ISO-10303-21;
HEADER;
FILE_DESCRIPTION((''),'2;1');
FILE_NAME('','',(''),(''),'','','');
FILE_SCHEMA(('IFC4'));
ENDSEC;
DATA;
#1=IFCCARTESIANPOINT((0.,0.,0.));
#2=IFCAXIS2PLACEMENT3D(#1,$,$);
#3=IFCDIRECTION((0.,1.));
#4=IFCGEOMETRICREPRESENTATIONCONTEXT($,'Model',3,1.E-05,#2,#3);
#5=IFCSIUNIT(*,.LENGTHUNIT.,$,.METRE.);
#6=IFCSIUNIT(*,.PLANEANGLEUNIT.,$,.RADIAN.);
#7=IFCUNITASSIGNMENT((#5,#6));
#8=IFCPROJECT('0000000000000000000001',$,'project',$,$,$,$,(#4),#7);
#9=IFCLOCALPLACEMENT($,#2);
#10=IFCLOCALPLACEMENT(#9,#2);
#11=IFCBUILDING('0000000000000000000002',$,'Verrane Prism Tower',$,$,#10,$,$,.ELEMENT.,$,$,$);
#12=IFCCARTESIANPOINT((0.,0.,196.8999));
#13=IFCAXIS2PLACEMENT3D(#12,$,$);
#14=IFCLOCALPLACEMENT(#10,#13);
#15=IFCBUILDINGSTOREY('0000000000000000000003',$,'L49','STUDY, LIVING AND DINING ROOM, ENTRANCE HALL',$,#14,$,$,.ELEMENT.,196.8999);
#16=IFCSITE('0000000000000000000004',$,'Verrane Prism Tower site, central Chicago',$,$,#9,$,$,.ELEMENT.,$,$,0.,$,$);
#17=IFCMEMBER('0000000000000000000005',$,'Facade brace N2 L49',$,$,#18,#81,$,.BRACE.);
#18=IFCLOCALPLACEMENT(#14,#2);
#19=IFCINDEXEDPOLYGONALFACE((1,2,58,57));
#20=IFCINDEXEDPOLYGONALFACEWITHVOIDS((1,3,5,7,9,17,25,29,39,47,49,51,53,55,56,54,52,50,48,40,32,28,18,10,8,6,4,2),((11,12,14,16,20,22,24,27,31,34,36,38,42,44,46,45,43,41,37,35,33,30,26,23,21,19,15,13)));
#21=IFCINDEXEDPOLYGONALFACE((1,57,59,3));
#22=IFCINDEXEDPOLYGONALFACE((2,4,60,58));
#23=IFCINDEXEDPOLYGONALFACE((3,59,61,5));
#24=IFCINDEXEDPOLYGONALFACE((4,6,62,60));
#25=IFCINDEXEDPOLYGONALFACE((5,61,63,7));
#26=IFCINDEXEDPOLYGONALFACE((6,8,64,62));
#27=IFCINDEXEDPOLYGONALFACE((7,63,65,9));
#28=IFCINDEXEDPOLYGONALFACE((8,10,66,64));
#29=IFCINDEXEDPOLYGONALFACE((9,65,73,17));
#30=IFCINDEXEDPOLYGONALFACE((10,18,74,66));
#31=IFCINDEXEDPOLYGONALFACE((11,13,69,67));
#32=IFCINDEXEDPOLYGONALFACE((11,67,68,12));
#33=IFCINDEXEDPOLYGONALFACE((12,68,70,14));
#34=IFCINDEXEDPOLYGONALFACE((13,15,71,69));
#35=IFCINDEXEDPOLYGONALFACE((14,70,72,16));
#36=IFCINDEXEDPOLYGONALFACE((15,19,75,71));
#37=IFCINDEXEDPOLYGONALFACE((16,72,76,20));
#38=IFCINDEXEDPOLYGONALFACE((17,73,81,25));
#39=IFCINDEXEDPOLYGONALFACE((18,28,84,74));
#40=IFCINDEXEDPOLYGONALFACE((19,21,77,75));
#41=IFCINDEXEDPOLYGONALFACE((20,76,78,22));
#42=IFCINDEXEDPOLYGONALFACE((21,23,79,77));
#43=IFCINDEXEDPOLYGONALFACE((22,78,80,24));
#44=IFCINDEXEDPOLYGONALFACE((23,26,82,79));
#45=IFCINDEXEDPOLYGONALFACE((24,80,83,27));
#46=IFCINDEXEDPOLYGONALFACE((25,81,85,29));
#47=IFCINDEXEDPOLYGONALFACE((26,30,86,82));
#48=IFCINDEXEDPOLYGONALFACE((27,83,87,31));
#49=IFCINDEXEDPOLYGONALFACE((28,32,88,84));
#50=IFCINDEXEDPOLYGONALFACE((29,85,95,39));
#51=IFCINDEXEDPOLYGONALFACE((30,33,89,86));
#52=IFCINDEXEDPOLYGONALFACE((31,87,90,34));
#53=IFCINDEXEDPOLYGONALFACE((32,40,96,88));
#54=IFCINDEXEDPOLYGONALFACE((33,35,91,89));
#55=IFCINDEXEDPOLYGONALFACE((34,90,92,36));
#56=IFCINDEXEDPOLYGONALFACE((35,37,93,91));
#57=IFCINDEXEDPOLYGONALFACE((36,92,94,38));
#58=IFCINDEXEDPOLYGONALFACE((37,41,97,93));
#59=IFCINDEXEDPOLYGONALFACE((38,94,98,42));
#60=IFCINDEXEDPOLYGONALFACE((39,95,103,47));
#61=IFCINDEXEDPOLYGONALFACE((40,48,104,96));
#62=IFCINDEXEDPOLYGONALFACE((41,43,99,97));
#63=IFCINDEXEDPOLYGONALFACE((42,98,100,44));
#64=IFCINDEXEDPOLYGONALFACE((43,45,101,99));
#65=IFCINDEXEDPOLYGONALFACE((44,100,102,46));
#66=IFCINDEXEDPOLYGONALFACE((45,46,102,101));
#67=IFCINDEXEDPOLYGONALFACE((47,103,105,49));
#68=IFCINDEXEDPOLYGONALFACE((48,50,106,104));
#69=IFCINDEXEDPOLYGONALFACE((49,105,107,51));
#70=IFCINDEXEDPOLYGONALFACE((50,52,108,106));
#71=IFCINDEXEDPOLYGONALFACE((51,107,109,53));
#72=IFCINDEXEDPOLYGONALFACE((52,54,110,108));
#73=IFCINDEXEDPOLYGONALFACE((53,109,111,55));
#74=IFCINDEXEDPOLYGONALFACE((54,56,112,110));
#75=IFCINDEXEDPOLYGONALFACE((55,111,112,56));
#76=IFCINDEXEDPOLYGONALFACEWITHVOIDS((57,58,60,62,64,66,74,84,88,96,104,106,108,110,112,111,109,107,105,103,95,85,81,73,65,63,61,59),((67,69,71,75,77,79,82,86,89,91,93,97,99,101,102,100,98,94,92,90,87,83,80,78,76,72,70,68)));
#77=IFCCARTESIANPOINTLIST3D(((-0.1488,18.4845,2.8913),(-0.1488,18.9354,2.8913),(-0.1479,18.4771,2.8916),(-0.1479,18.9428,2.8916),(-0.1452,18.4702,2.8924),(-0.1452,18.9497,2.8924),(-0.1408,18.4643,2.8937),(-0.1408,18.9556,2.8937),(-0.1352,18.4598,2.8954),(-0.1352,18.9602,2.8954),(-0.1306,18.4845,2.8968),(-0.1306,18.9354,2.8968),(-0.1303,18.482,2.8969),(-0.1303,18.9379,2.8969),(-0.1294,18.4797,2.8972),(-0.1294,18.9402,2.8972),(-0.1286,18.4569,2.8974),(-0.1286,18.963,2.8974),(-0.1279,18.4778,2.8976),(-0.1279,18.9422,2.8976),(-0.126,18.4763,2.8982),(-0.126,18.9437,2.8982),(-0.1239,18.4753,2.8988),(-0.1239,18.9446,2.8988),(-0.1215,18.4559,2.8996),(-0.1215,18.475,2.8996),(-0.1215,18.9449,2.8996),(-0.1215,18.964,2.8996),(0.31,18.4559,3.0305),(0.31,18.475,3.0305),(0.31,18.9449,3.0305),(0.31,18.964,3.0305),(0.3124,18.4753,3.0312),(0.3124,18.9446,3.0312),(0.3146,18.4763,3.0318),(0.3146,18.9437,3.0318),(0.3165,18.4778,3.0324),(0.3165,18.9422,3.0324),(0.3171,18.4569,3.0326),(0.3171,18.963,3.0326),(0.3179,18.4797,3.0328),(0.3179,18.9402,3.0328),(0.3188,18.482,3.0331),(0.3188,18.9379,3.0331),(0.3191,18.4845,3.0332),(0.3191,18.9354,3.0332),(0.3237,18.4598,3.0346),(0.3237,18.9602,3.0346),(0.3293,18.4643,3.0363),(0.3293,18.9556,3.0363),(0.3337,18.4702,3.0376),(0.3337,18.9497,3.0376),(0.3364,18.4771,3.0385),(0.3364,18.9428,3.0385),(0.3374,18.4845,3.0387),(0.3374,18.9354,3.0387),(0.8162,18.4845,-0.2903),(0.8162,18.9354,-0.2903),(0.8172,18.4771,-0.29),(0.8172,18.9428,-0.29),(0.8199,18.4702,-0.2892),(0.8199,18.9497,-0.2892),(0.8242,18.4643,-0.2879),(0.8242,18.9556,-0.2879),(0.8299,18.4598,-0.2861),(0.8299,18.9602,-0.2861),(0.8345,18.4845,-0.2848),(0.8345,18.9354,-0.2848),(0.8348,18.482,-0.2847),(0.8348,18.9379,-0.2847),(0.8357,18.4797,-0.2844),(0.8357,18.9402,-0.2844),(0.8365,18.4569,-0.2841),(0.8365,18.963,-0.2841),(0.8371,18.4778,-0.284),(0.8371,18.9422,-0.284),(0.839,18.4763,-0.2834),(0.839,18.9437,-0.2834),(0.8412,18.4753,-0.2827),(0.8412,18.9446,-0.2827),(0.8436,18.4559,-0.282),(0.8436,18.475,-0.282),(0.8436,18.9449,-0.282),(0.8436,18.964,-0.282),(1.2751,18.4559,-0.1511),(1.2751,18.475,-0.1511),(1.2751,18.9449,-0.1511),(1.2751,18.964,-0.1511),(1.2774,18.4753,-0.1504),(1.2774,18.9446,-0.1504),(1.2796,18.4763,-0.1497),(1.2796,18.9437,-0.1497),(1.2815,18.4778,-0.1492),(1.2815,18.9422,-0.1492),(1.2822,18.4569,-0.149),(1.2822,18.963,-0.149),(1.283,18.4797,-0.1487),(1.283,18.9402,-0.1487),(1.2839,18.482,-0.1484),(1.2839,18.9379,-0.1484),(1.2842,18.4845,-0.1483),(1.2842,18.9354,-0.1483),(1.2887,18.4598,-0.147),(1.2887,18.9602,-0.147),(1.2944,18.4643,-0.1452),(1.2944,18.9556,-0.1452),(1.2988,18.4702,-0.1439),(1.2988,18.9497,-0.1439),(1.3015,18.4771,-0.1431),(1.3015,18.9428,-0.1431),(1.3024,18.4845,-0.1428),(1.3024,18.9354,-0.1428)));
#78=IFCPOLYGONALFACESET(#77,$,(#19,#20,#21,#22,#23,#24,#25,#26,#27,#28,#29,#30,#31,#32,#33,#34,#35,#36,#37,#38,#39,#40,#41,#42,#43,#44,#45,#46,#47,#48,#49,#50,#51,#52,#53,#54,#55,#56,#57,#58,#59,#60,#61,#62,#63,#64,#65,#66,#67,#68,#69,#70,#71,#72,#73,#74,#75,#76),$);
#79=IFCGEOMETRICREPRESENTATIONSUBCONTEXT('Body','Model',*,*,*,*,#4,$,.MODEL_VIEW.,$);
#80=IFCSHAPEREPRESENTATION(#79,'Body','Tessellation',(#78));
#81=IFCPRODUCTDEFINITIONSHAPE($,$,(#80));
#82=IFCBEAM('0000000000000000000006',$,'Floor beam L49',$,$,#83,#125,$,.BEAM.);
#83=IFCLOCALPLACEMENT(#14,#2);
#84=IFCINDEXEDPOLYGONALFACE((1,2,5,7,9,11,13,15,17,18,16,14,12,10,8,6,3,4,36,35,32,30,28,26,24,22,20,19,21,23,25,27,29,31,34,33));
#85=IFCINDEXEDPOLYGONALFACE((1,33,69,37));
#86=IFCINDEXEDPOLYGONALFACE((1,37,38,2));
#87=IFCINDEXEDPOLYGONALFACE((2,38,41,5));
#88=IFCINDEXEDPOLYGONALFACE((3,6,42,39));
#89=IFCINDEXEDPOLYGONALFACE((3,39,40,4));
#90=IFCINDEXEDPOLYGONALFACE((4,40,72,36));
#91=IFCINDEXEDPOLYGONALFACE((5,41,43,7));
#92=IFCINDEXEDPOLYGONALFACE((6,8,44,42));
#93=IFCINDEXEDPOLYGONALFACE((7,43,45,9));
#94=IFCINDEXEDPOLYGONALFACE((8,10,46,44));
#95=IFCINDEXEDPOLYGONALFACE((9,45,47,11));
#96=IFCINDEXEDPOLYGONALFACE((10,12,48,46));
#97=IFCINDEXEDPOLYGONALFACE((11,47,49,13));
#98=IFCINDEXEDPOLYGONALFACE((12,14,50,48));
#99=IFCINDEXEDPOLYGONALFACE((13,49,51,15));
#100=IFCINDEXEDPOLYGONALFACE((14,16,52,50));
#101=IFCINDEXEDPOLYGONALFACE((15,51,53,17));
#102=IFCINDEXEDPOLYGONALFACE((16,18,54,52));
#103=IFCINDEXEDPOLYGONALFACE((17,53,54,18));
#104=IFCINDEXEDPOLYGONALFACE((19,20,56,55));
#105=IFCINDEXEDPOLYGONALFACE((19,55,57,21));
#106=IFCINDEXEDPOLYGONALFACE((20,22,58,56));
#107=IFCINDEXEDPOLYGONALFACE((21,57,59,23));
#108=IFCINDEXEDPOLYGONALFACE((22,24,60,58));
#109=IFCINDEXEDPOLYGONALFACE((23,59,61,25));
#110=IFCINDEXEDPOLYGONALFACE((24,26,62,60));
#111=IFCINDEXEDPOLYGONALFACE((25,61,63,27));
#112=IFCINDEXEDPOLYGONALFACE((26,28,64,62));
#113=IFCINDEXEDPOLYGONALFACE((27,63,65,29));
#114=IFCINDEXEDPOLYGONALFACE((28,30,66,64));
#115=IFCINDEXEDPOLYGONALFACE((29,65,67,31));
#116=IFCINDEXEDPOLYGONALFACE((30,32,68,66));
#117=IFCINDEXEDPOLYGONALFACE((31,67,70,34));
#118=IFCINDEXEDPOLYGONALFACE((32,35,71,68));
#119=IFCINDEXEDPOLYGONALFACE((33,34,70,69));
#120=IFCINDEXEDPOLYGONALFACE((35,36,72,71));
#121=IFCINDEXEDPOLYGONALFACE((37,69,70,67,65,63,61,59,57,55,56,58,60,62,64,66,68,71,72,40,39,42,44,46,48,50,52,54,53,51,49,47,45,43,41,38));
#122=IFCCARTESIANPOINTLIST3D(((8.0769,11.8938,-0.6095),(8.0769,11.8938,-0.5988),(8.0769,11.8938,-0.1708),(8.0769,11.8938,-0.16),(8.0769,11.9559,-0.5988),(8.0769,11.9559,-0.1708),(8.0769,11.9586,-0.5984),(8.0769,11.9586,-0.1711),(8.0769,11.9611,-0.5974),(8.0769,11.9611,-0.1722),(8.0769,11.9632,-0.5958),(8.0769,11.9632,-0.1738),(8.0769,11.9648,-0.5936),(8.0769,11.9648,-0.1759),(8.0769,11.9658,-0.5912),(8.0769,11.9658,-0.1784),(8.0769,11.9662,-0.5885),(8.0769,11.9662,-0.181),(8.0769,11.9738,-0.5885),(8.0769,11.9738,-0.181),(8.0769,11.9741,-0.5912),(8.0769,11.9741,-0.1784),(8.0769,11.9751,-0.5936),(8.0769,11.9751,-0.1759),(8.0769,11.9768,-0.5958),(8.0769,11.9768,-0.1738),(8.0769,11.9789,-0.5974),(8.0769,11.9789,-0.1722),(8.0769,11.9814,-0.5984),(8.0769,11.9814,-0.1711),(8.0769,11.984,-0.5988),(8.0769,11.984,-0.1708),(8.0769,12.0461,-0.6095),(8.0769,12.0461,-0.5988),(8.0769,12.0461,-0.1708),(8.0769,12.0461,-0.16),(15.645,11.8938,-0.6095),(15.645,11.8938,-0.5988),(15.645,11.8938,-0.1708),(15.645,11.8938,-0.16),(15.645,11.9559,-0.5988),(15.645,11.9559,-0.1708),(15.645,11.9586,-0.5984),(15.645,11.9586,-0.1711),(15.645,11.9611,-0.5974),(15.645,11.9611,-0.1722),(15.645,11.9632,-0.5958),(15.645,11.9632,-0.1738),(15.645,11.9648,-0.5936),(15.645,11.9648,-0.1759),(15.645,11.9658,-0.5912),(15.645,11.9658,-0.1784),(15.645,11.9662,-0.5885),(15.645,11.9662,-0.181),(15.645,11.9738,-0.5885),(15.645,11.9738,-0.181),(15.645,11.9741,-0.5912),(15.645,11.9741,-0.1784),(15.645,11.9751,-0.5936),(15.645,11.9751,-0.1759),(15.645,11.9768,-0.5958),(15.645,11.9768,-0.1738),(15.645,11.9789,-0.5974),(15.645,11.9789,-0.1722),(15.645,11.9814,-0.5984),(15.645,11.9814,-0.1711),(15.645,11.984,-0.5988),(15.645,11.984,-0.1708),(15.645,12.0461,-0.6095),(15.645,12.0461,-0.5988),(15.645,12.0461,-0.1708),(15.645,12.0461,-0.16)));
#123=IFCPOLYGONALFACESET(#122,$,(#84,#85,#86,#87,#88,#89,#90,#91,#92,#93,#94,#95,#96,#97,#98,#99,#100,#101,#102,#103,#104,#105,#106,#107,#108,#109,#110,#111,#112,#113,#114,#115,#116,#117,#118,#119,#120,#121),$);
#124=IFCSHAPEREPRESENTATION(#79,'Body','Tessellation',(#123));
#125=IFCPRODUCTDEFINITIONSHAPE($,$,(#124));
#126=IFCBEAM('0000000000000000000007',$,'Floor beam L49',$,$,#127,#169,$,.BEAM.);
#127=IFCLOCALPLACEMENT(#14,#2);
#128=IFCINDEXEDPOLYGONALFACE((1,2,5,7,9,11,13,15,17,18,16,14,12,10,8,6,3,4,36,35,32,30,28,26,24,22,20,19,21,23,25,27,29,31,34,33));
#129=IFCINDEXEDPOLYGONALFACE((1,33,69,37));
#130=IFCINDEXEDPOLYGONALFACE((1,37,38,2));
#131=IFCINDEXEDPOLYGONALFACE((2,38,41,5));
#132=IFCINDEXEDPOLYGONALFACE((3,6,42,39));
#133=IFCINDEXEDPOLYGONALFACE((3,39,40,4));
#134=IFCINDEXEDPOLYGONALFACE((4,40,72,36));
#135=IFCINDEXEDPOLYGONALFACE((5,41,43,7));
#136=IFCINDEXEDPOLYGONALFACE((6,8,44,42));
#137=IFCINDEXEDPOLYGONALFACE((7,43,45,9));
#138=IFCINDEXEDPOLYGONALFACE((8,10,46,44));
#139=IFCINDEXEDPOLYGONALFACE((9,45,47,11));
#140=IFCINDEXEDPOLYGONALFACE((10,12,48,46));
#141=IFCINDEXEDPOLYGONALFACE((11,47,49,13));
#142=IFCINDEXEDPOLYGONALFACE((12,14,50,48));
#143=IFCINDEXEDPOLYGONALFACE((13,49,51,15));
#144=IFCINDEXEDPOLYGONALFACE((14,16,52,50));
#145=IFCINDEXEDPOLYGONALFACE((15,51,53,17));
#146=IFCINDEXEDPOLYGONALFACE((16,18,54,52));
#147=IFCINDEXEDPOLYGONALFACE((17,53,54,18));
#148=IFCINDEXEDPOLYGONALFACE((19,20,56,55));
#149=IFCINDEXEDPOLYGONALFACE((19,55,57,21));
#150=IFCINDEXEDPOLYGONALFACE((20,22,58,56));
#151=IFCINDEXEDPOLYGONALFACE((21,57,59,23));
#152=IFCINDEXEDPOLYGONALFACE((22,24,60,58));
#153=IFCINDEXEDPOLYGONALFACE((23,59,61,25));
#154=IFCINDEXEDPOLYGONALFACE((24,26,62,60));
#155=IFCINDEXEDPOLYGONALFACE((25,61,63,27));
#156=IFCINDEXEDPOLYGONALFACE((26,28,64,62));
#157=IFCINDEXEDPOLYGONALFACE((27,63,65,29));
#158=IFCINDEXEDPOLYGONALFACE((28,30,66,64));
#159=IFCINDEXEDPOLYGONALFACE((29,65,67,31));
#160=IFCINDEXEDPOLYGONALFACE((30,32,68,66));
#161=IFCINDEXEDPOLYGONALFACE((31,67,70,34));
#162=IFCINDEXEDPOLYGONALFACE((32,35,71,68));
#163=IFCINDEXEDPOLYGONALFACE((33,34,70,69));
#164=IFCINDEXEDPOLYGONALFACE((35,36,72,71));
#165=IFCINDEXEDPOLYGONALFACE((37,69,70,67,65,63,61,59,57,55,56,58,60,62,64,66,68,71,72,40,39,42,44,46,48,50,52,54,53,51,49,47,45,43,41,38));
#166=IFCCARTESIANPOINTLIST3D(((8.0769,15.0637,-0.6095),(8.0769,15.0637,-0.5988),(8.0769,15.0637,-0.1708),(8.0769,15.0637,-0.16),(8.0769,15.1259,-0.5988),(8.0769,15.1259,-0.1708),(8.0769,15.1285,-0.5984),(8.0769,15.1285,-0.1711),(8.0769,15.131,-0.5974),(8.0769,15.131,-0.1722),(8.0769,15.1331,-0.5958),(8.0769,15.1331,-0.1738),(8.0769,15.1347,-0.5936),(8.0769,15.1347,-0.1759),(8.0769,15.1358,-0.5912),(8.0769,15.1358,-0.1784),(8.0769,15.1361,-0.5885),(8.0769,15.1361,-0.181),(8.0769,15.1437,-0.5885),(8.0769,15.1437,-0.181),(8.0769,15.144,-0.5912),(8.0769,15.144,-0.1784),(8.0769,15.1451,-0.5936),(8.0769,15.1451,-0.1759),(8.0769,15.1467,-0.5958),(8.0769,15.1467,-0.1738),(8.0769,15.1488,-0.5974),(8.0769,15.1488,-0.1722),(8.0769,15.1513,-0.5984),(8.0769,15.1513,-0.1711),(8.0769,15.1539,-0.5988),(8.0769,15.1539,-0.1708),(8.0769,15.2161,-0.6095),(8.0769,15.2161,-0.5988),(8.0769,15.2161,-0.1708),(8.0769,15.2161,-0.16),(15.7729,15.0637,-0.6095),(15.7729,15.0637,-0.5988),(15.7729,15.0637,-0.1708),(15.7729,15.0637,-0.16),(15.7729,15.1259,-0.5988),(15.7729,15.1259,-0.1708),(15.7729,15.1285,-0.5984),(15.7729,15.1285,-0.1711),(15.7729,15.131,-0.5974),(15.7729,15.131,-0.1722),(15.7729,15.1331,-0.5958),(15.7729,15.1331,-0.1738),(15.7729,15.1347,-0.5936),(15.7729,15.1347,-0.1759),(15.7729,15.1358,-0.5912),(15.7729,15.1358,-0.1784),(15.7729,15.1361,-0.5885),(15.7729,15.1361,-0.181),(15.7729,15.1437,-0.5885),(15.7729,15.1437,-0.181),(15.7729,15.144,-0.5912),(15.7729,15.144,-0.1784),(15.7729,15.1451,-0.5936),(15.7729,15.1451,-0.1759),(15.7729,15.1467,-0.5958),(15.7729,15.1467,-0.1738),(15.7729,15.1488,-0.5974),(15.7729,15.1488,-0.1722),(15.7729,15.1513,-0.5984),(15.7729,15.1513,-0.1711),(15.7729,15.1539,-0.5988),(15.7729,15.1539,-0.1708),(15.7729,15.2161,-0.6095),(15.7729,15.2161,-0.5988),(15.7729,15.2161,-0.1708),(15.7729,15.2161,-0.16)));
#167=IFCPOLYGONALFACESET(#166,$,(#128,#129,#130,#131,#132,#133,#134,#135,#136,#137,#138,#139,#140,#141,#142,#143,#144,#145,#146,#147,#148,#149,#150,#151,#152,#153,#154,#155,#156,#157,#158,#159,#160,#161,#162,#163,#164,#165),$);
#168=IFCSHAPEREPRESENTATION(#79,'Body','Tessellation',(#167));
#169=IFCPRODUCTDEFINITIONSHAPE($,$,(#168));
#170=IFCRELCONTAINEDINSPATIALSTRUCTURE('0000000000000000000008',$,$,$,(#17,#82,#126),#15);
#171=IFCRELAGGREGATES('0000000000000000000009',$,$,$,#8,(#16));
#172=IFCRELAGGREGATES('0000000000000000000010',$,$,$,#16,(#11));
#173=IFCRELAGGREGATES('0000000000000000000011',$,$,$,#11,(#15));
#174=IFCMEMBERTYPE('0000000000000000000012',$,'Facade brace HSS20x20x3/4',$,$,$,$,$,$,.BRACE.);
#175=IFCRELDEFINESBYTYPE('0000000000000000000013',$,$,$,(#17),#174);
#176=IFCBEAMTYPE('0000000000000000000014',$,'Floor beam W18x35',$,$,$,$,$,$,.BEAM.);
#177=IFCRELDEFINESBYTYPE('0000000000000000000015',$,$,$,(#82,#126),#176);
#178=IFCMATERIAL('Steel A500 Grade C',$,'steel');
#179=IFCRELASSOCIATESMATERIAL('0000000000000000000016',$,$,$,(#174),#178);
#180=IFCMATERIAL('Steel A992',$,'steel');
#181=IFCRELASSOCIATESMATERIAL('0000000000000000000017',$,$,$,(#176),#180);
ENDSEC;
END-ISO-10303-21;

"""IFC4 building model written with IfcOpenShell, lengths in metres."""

from ifc_helpers import new_model, si_unit, direction, frame, origin, origin_2d, place, context, subcontext, project, spatial, hollow_rectangle, i_section, extrude, material, material_profile, profile_set, type_object, element, save


model = new_model("IFC4")

# Units and contexts
model_context = context("Model", 3, precision=1e-05, world=origin(), true_north=direction((0.0, 1.0)))
body_context = subcontext(model_context, "Body", "Model", "MODEL_VIEW")
ifc_project = project(units=[si_unit("LENGTHUNIT", "METRE"), si_unit("PLANEANGLEUNIT", "RADIAN")], contexts=[model_context])

# Site, building, storey
site_placement = place(None, origin())
site = spatial("IfcSite", under=ifc_project, at=site_placement, Name="Verrane Prism Tower site, central Chicago", CompositionType="ELEMENT", RefElevation=0.0)
building_placement = place(site_placement, origin())
building = spatial("IfcBuilding", under=site, at=building_placement, Name="Verrane Prism Tower", CompositionType="ELEMENT")
storey_placement = place(building_placement, frame((0.0, 0.0, 196.8999)))
storey = spatial("IfcBuildingStorey", under=building, at=storey_placement, Name="L49", Description="STUDY, LIVING AND DINING ROOM, ENTRANCE HALL", CompositionType="ELEMENT", Elevation=196.8999)

# Member
ifc_material_1 = material(Name="Steel A500 Grade C", Category="steel")
ifc_material_profile_1 = material_profile(ifc_material_1, hollow_rectangle(XDim=0.5081, YDim=0.5081, WallThickness=0.019, InnerFilletRadius=0.0095, OuterFilletRadius=0.0286, at=origin_2d()), Name="HSS20x20x3/4")
ifc_profile_set_1 = profile_set([ifc_material_profile_1], Name="Steel A500 Grade C")
member_type_1 = type_object("IfcMemberType", Name="Facade brace HSS20x20x3/4", PredefinedType="BRACE", material=ifc_profile_set_1)
member_1_placement = place(storey_placement, frame((1.0593, 18.71, -0.2166), z_axis=(-0.29027, 0.0, 0.956945), x_axis=(0.0, -1.0, 0.0)))
element("IfcMember", 1, at=member_1_placement, inside=storey, type_object=member_type_1, Name="Facade brace N2 L49", PredefinedType="BRACE", context=body_context, shape_type="SweptSolid", body=[
    extrude(hollow_rectangle(XDim=0.5081, YDim=0.5081, WallThickness=0.019, InnerFilletRadius=0.0095, OuterFilletRadius=0.0286, at=origin_2d()), origin(), (0.0, 0.0, 1.0), 3.3247),
])

# Beams
ifc_material_2 = material(Name="Steel A992", Category="steel")
ifc_material_profile_2 = material_profile(ifc_material_2, i_section(OverallWidth=0.1523, OverallDepth=0.4495, WebThickness=0.0076, FlangeThickness=0.0107, FilletRadius=0.0103, at=origin_2d()), Name="W18x35")
ifc_profile_set_2 = profile_set([ifc_material_profile_2], Name="Steel A992")
beam_type_1 = type_object("IfcBeamType", Name="Floor beam W18x35", PredefinedType="BEAM", material=ifc_profile_set_2)
beam_1_placement = place(storey_placement, frame((8.0769, 11.97, -0.3848), z_axis=(1.0, 0.0, 0.0), x_axis=(0.0, 1.0, 0.0)))
element("IfcBeam", 2, at=beam_1_placement, inside=storey, type_object=beam_type_1, Name="Floor beam L49", PredefinedType="BEAM", context=body_context, shape_type="SweptSolid", body=[
    extrude(i_section(OverallWidth=0.1523, OverallDepth=0.4495, WebThickness=0.0076, FlangeThickness=0.0107, FilletRadius=0.0103, at=origin_2d()), origin(), (0.0, 0.0, 1.0), 7.5681),
])
for number, where, z_axis, x_axis, name in (
    (3, (8.0769, 15.1399, -0.3848), (1.0, 0.0, 0.0), (0.0, 1.0, 0.0), "Floor beam L49"),
):
    element("IfcBeam", number, at=place(storey_placement, frame(where, z_axis=z_axis, x_axis=x_axis)), inside=storey, type_object=beam_type_1, Name=name, PredefinedType="BEAM", context=body_context, shape_type="SweptSolid", body=[
        extrude(i_section(OverallWidth=0.1523, OverallDepth=0.4495, WebThickness=0.0076, FlangeThickness=0.0107, FilletRadius=0.0103, at=origin_2d()), origin(), (0.0, 0.0, 1.0), 7.696),
    ])

save(model, "model.ifc")
